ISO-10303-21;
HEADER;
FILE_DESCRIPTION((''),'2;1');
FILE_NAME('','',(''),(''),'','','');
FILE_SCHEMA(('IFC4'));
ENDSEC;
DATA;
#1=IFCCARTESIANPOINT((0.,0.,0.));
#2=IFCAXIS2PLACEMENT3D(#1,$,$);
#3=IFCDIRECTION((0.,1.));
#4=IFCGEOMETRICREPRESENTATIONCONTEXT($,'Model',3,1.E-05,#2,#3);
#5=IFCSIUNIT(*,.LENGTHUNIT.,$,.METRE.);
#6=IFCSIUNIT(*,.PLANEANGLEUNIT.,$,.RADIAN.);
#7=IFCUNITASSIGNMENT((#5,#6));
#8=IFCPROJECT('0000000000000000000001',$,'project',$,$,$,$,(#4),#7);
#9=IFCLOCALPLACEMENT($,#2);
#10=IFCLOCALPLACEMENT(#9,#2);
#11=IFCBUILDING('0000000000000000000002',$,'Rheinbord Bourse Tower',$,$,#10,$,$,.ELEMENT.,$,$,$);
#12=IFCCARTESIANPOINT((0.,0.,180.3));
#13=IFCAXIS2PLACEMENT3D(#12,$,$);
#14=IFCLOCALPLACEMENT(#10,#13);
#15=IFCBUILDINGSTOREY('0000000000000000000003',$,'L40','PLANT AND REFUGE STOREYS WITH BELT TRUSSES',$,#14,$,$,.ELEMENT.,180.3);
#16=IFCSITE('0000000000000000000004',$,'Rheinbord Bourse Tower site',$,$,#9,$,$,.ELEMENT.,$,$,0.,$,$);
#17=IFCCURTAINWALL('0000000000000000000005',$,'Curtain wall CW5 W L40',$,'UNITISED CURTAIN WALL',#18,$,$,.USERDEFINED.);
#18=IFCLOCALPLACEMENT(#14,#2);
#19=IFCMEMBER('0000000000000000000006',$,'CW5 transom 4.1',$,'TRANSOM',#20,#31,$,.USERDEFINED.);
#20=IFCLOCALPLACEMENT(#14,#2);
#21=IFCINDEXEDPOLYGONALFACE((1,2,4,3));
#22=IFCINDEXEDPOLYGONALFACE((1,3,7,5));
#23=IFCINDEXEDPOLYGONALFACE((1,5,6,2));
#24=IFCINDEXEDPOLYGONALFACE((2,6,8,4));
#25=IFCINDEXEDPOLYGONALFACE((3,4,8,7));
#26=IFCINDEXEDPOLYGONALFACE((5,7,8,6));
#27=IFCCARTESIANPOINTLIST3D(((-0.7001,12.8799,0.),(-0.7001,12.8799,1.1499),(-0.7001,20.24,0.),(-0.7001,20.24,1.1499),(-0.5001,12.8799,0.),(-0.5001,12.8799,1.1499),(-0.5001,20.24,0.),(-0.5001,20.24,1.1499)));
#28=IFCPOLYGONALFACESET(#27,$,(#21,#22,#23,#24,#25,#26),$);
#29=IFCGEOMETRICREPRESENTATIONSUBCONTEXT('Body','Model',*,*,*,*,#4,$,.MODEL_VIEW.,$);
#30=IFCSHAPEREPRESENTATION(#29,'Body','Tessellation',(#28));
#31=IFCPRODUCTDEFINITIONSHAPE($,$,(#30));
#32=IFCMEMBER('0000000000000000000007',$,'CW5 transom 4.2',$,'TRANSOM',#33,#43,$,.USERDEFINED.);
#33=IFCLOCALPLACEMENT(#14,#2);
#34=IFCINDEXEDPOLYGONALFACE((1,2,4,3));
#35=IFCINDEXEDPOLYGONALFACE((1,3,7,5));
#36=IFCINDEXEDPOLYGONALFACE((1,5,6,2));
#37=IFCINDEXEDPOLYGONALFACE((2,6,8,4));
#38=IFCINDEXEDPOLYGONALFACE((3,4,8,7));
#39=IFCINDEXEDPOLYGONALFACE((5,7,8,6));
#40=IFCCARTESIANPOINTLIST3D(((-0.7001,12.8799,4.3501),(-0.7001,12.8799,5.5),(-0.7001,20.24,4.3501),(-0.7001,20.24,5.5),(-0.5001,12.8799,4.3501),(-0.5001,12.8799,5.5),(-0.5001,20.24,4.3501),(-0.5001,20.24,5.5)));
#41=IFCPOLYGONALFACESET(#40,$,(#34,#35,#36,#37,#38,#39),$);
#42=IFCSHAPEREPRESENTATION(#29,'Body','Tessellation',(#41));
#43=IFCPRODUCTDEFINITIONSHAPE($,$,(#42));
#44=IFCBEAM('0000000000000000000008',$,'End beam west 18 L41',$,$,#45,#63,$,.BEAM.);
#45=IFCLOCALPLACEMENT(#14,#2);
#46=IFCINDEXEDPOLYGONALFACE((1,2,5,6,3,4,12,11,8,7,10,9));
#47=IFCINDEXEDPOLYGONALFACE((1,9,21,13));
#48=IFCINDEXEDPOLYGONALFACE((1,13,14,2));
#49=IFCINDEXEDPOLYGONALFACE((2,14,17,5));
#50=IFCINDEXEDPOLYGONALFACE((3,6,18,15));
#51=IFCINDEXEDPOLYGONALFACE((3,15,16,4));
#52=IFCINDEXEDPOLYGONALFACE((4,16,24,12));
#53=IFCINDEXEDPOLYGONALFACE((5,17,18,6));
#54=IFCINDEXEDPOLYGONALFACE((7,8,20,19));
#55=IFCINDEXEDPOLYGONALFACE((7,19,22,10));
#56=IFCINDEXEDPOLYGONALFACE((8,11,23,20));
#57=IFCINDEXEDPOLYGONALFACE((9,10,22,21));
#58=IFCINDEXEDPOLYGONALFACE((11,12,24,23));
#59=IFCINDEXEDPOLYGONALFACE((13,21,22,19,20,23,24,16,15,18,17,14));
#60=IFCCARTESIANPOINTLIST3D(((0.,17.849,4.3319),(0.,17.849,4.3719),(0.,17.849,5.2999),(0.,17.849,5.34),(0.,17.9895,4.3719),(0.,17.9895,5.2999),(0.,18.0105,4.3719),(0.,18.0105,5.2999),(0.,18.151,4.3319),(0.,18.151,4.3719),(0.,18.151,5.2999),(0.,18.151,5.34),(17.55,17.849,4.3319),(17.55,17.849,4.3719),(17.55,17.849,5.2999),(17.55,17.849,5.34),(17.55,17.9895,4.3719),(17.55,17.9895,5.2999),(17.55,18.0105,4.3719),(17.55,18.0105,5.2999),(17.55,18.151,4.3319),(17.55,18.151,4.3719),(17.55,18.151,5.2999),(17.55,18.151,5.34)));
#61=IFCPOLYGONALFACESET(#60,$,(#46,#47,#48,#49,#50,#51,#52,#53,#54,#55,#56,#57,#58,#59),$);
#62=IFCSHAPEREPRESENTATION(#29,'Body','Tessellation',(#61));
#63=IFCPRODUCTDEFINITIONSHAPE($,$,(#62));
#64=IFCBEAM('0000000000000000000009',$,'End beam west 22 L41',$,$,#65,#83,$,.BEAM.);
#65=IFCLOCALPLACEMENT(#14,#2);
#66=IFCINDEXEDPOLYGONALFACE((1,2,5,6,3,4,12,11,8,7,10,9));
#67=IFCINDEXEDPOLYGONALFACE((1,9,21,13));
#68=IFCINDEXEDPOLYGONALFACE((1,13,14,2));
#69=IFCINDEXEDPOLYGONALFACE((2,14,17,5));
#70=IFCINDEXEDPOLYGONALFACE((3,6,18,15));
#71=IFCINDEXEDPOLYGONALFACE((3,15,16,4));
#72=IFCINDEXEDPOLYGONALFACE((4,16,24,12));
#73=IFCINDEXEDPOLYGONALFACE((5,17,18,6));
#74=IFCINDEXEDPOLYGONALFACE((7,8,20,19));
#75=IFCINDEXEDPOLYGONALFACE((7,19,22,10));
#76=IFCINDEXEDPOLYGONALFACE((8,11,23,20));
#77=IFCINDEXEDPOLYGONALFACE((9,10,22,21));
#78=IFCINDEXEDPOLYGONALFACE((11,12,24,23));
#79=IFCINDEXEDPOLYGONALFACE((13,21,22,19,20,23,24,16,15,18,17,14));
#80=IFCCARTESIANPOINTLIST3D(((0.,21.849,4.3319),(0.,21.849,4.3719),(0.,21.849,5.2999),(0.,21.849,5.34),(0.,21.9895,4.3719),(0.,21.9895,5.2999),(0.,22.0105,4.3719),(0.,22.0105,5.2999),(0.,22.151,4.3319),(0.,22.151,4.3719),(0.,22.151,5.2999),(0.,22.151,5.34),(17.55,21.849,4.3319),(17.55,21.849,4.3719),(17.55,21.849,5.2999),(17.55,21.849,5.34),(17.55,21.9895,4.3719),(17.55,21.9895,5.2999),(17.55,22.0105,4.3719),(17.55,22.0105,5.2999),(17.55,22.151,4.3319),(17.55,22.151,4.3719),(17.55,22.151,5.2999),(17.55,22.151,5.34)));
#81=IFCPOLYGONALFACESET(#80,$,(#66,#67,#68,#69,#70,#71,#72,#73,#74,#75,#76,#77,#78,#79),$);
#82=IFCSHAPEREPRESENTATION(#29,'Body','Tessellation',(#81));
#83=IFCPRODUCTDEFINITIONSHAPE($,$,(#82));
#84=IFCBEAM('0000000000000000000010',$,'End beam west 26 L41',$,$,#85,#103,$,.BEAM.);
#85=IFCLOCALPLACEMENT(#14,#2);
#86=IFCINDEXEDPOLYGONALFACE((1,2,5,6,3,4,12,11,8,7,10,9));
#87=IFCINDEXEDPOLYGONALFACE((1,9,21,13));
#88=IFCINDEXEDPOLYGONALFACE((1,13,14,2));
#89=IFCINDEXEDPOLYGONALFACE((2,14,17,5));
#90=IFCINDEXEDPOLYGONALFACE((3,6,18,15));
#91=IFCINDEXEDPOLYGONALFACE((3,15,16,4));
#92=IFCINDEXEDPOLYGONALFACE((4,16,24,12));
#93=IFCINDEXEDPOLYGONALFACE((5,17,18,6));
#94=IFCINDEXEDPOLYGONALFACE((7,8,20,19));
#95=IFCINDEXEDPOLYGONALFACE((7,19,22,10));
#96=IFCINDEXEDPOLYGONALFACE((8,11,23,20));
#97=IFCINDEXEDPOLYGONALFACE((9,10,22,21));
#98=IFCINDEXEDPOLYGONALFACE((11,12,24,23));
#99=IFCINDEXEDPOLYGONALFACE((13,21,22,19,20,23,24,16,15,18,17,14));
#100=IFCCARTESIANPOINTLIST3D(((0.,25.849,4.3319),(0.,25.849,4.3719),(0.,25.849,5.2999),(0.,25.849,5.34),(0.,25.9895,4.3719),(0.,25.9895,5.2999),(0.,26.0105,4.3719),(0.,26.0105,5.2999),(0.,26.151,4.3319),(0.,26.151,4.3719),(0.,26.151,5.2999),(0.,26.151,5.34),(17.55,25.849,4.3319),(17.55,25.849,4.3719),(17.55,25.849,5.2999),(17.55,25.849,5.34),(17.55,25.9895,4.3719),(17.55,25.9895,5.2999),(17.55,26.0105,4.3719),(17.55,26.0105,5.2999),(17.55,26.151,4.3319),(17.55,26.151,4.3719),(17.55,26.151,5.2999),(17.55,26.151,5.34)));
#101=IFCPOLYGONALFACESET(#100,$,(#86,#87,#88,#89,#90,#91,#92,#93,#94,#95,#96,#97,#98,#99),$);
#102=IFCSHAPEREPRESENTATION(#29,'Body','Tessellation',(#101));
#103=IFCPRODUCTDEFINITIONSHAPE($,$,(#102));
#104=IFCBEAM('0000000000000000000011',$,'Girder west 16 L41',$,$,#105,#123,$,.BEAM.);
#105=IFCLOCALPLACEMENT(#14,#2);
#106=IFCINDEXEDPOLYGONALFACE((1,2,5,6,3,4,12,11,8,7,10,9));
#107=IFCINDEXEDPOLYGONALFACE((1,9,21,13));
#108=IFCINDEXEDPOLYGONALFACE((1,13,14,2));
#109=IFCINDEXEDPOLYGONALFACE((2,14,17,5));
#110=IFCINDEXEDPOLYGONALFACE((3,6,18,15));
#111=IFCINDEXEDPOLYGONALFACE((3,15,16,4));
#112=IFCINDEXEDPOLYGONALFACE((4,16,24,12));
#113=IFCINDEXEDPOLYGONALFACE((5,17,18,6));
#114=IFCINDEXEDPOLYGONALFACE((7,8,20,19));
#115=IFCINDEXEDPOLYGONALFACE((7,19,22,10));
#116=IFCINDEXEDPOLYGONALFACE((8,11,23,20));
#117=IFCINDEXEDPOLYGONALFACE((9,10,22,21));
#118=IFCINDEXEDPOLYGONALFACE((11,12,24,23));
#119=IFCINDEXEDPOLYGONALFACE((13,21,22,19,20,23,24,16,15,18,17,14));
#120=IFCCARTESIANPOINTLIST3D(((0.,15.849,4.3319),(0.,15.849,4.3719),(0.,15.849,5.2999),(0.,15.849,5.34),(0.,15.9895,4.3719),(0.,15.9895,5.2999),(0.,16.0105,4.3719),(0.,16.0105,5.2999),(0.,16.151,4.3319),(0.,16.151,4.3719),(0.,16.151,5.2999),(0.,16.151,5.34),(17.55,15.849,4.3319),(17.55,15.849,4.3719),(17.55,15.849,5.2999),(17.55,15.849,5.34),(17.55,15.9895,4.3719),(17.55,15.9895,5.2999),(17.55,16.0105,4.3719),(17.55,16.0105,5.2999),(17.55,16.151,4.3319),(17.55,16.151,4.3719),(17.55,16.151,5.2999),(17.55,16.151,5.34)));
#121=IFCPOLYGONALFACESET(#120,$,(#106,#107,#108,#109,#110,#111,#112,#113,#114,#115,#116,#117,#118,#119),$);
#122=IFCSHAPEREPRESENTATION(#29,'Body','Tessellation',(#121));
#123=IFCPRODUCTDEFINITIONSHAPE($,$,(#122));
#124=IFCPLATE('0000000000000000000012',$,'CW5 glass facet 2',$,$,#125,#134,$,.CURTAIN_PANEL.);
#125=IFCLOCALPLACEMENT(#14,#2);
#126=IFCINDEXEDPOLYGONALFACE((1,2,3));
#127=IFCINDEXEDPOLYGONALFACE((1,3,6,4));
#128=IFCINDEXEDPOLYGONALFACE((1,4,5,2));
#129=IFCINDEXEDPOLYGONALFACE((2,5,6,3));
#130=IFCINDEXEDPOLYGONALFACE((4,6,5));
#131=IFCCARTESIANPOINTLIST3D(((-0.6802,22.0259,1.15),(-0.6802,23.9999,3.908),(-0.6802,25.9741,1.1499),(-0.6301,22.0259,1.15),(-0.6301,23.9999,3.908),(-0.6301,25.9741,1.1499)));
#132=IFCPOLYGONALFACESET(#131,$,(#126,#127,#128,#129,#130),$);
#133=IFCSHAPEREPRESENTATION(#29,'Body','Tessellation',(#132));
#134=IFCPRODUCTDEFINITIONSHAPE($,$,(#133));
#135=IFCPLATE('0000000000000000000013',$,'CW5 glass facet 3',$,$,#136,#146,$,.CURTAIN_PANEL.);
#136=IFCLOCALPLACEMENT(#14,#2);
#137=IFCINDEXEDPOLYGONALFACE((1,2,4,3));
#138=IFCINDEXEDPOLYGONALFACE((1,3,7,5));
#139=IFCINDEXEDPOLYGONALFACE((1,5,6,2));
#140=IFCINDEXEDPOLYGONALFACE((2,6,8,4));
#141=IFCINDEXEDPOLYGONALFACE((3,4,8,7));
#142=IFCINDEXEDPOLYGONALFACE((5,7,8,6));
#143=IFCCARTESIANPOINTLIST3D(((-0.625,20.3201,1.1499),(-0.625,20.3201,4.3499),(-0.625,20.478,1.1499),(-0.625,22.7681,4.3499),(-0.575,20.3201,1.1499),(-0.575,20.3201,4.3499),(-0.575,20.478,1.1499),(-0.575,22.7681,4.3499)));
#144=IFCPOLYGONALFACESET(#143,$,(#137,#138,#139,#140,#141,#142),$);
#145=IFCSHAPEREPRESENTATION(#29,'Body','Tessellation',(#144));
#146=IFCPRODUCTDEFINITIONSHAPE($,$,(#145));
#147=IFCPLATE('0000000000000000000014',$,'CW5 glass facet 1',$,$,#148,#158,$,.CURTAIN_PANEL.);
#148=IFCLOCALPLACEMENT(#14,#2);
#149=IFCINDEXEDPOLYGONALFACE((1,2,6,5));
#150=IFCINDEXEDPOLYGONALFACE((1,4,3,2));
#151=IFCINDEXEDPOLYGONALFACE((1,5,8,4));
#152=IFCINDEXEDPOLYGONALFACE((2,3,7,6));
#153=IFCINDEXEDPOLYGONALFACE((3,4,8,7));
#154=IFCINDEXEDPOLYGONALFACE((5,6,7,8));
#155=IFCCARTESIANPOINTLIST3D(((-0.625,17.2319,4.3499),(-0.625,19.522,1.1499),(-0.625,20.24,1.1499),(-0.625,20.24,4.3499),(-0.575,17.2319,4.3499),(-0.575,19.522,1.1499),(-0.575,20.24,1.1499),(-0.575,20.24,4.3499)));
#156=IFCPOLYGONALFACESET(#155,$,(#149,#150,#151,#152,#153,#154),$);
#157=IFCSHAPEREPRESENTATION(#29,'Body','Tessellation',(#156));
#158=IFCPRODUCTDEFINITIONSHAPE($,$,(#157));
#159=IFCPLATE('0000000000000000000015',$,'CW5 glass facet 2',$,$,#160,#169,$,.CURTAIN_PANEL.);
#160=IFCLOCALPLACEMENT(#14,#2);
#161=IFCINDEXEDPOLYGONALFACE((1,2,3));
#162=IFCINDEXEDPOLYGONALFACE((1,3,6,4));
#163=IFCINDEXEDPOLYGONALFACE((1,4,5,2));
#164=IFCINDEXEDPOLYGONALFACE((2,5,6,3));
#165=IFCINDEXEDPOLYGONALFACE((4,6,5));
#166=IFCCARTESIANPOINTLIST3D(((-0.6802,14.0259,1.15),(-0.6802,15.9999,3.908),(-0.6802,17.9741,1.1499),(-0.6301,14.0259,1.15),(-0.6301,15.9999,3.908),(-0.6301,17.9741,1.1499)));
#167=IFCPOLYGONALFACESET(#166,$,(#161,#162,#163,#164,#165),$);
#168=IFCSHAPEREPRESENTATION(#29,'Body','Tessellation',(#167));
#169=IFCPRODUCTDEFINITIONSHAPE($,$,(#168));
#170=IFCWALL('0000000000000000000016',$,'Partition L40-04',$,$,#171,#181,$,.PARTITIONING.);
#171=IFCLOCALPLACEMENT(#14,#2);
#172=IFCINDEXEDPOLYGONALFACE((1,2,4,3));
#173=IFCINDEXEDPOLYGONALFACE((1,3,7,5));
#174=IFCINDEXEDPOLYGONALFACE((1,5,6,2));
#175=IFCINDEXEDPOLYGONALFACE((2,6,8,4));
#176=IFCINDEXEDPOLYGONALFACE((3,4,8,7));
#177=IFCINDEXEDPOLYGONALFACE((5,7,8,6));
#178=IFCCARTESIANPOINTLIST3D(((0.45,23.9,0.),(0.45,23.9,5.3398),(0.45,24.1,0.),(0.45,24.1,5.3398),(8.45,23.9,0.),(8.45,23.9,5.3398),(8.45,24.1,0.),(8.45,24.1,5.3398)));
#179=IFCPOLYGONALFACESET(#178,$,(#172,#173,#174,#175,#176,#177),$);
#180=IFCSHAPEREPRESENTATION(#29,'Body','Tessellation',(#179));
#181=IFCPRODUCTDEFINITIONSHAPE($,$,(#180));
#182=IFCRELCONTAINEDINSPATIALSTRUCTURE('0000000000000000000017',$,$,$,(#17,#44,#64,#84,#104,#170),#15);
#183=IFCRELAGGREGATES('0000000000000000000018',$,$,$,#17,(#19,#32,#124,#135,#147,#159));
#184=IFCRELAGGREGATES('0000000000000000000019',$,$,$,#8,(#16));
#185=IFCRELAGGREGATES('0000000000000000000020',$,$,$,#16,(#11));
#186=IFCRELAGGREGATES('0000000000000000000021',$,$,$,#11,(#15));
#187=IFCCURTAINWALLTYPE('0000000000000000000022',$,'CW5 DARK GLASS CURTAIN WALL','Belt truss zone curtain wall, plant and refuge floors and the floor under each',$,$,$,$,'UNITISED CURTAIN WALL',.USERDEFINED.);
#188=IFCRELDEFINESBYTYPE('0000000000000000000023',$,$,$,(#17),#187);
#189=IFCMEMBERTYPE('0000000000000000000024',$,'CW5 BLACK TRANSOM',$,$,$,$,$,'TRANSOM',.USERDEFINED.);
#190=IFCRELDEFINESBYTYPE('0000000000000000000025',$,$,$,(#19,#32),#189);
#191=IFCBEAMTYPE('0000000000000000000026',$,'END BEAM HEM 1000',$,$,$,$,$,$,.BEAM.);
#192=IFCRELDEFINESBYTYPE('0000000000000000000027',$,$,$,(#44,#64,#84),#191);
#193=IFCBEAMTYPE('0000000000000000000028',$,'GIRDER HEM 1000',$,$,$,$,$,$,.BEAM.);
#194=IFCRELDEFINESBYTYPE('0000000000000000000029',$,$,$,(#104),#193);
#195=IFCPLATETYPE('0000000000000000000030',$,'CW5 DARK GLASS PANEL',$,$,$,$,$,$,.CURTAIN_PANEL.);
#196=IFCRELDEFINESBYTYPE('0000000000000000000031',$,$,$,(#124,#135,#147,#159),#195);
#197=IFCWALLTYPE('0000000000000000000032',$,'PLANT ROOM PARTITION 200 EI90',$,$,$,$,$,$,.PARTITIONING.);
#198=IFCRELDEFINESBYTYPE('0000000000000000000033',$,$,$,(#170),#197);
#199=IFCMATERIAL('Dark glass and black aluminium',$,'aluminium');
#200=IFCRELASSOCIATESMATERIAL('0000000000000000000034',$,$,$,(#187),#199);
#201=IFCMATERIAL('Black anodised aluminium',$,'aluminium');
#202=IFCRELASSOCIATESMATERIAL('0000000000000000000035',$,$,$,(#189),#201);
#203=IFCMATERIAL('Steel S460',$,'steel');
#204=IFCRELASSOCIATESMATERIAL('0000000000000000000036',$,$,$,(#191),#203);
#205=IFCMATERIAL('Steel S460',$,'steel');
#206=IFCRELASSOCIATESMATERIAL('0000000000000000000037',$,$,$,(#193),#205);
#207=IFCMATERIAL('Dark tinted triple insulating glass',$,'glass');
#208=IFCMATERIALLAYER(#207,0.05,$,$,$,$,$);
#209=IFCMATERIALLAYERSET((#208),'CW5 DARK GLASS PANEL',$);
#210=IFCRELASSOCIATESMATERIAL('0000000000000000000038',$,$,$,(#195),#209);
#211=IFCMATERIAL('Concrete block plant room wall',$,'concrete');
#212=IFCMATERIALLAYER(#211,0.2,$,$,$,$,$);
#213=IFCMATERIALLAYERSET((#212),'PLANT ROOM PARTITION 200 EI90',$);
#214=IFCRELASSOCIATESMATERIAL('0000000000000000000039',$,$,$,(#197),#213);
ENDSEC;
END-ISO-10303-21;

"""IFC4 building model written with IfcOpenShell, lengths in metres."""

from ifc_helpers import new_model, si_unit, direction, frame, frame_2d, origin, origin_2d, place, context, subcontext, project, spatial, polyline, rectangle, i_section, outline, extrude, material, layer, layer_set, material_profile, profile_set, type_object, element, aggregate, save


model = new_model("IFC4")

# Units and contexts
model_context = context("Model", 3, precision=1e-05, world=origin(), true_north=direction((0.0, 1.0)))
body_context = subcontext(model_context, "Body", "Model", "MODEL_VIEW")
ifc_project = project(units=[si_unit("LENGTHUNIT", "METRE"), si_unit("PLANEANGLEUNIT", "RADIAN")], contexts=[model_context])

# Site, building, storey
site_placement = place(None, origin())
site = spatial("IfcSite", under=ifc_project, at=site_placement, Name="Rheinbord Bourse Tower site", CompositionType="ELEMENT", RefElevation=0.0)
building_placement = place(site_placement, origin())
building = spatial("IfcBuilding", under=site, at=building_placement, Name="Rheinbord Bourse Tower", CompositionType="ELEMENT")
storey_placement = place(building_placement, frame((0.0, 0.0, 180.3)))
storey = spatial("IfcBuildingStorey", under=building, at=storey_placement, Name="L40", Description="PLANT AND REFUGE STOREYS WITH BELT TRUSSES", CompositionType="ELEMENT", Elevation=180.3)

# Curtain wall, members
ifc_material_1 = material(Name="Dark glass and black aluminium", Category="aluminium")
curtain_wall_type = type_object("IfcCurtainWallType", Name="CW5 DARK GLASS CURTAIN WALL", Description="Belt truss zone curtain wall, plant and refuge floors and the floor under each", ElementType="UNITISED CURTAIN WALL", PredefinedType="USERDEFINED", material=ifc_material_1)
curtain_wall_placement = place(storey_placement, origin())
curtain_wall = element("IfcCurtainWall", 1, at=curtain_wall_placement, inside=storey, type_object=curtain_wall_type, Name="Curtain wall CW5 W L40", ObjectType="UNITISED CURTAIN WALL", PredefinedType="USERDEFINED")
ifc_material_2 = material(Name="Black anodised aluminium", Category="aluminium")
ifc_material_profile_1 = material_profile(ifc_material_2, rectangle(XDim=0.2, YDim=1.1499, at=origin_2d()), Name="CW5 TRANSOM 1150x200")
ifc_profile_set_1 = profile_set([ifc_material_profile_1], Name="Black anodised aluminium")
member_type_1 = type_object("IfcMemberType", Name="CW5 BLACK TRANSOM", ElementType="TRANSOM", PredefinedType="USERDEFINED", material=ifc_profile_set_1)
member_1_placement = place(storey_placement, frame((-0.6001, 20.24, 0.575), z_axis=(0.0, -1.0, 0.0), x_axis=(1.0, 0.0, 0.0)))
member_1 = element("IfcMember", 2, at=member_1_placement, type_object=member_type_1, Name="CW5 transom 4.1", ObjectType="TRANSOM", PredefinedType="USERDEFINED", context=body_context, shape_type="SweptSolid", body=[
    extrude(rectangle(XDim=0.2, YDim=1.1499, at=origin_2d()), origin(), (0.0, 0.0, 1.0), 7.3601),
])
member_2_placement = place(storey_placement, frame((-0.6001, 20.24, 4.925), z_axis=(0.0, -1.0, 0.0), x_axis=(1.0, 0.0, 0.0)))
member_2 = element("IfcMember", 3, at=member_2_placement, type_object=member_type_1, Name="CW5 transom 4.2", ObjectType="TRANSOM", PredefinedType="USERDEFINED", context=body_context, shape_type="SweptSolid", body=[
    extrude(rectangle(XDim=0.2, YDim=1.1499, at=origin_2d()), origin(), (0.0, 0.0, 1.0), 7.3601),
])

# Beams
ifc_material_3 = material(Name="Steel S460", Category="steel")
ifc_material_profile_2 = material_profile(ifc_material_3, i_section(OverallWidth=0.302, OverallDepth=1.0081, WebThickness=0.021, FlangeThickness=0.04, at=origin_2d()), Name="HEM 1000")
ifc_profile_set_2 = profile_set([ifc_material_profile_2], Name="Steel S460")
beam_type_1 = type_object("IfcBeamType", Name="END BEAM HEM 1000", PredefinedType="BEAM", material=ifc_profile_set_2)
for number, where, z_axis, x_axis, name in (
    (4, (0.0, 18.0, 4.8359), (1.0, 0.0, 0.0), (0.0, 1.0, 0.0), "End beam west 18 L41"),
    (5, (0.0, 22.0, 4.8359), (1.0, 0.0, 0.0), (0.0, 1.0, 0.0), "End beam west 22 L41"),
    (6, (0.0, 26.0, 4.8359), (1.0, 0.0, 0.0), (0.0, 1.0, 0.0), "End beam west 26 L41"),
):
    element("IfcBeam", number, at=place(storey_placement, frame(where, z_axis=z_axis, x_axis=x_axis)), inside=storey, type_object=beam_type_1, Name=name, PredefinedType="BEAM", context=body_context, shape_type="SweptSolid", body=[
        extrude(i_section(OverallWidth=0.302, OverallDepth=1.0081, WebThickness=0.021, FlangeThickness=0.04, at=origin_2d()), origin(), (0.0, 0.0, 1.0), 17.55),
    ])
ifc_material_4 = material(Name="Steel S460", Category="steel")
ifc_material_profile_3 = material_profile(ifc_material_4, i_section(OverallWidth=0.302, OverallDepth=1.0081, WebThickness=0.021, FlangeThickness=0.04, at=origin_2d()), Name="HEM 1000")
ifc_profile_set_3 = profile_set([ifc_material_profile_3], Name="Steel S460")
beam_type_2 = type_object("IfcBeamType", Name="GIRDER HEM 1000", PredefinedType="BEAM", material=ifc_profile_set_3)
beam_placement = place(storey_placement, frame((0.0, 16.0, 4.8359), z_axis=(1.0, 0.0, 0.0), x_axis=(0.0, 1.0, 0.0)))
element("IfcBeam", 7, at=beam_placement, inside=storey, type_object=beam_type_2, Name="Girder west 16 L41", PredefinedType="BEAM", context=body_context, shape_type="SweptSolid", body=[
    extrude(i_section(OverallWidth=0.302, OverallDepth=1.0081, WebThickness=0.021, FlangeThickness=0.04, at=origin_2d()), origin(), (0.0, 0.0, 1.0), 17.55),
])

# Plates
ifc_material_5 = material(Name="Dark tinted triple insulating glass", Category="glass")
ifc_layer_1 = layer(ifc_material_5, 0.05)
ifc_layer_set_1 = layer_set([ifc_layer_1], Name="CW5 DARK GLASS PANEL")
plate_type = type_object("IfcPlateType", Name="CW5 DARK GLASS PANEL", PredefinedType="CURTAIN_PANEL", material=ifc_layer_set_1)
plate_1_placement = place(storey_placement, frame((-0.6802, 25.9741, 1.1499), z_axis=(1.0, 0.0, 0.0), x_axis=(0.0, -0.582035, 0.813164)))
plate_1 = element("IfcPlate", 8, at=plate_1_placement, type_object=plate_type, Name="CW5 glass facet 2", PredefinedType="CURTAIN_PANEL", context=body_context, shape_type="SweptSolid", body=[
    extrude(outline(polyline([(0.0, 0.0), (3.3918, 0.0), (2.2981, 3.2104), (0.0, 0.0)])), origin(), (0.0, 0.0, 1.0), 0.05),
])
plate_2_placement = place(storey_placement, frame((-0.625, 20.3201, 4.3499), z_axis=(1.0, 0.0, 0.0), x_axis=(0.0, 0.0, -1.0)))
plate_2 = element("IfcPlate", 9, at=plate_2_placement, type_object=plate_type, Name="CW5 glass facet 3", PredefinedType="CURTAIN_PANEL", context=body_context, shape_type="SweptSolid", body=[
    extrude(outline(polyline([(0.0, 0.0), (3.2, 0.0), (3.2, 0.158), (0.0, 2.448), (0.0, 0.0)])), origin(), (0.0, 0.0, 1.0), 0.05),
])
plate_3_placement = place(storey_placement, frame((-0.625, 20.24, 1.1499), z_axis=(1.0, 0.0, 0.0), x_axis=(0.0, 0.0, 1.0)))
plate_3 = element("IfcPlate", 10, at=plate_3_placement, type_object=plate_type, Name="CW5 glass facet 1", PredefinedType="CURTAIN_PANEL", context=body_context, shape_type="SweptSolid", body=[
    extrude(outline(polyline([(0.0, 0.0), (3.2, 0.0), (3.2, 3.0081), (0.0, 0.718), (0.0, 0.0)])), origin(), (0.0, 0.0, 1.0), 0.05),
])
plate_4_placement = place(storey_placement, frame((-0.6802, 17.9741, 1.1499), z_axis=(1.0, 0.0, 0.0), x_axis=(0.0, -0.582035, 0.813164)))
plate_4 = element("IfcPlate", 11, at=plate_4_placement, type_object=plate_type, Name="CW5 glass facet 2", PredefinedType="CURTAIN_PANEL", context=body_context, shape_type="SweptSolid", body=[
    extrude(outline(polyline([(0.0, 0.0), (3.3918, 0.0), (2.2981, 3.2104), (0.0, 0.0)])), origin(), (0.0, 0.0, 1.0), 0.05),
])
aggregate(curtain_wall, [member_1, member_2, plate_1, plate_2, plate_3, plate_4])

# Wall
ifc_material_6 = material(Name="Concrete block plant room wall", Category="concrete")
ifc_layer_2 = layer(ifc_material_6, 0.2)
ifc_layer_set_2 = layer_set([ifc_layer_2], Name="PLANT ROOM PARTITION 200 EI90")
wall_type = type_object("IfcWallType", Name="PLANT ROOM PARTITION 200 EI90", PredefinedType="PARTITIONING", material=ifc_layer_set_2)
wall_placement = place(storey_placement, frame((0.45, 24.0, 0.0), z_axis=(0.0, 0.0, 1.0), x_axis=(1.0, 0.0, 0.0)))
element("IfcWall", 12, at=wall_placement, inside=storey, type_object=wall_type, Name="Partition L40-04", PredefinedType="PARTITIONING", context=body_context, shape_type="SweptSolid", body=[
    extrude(rectangle(XDim=8.0, YDim=0.2, at=frame_2d((4.0, 0.0))), origin(), (0.0, 0.0, 1.0), 5.3398),
])

save(model, "model.ifc")
